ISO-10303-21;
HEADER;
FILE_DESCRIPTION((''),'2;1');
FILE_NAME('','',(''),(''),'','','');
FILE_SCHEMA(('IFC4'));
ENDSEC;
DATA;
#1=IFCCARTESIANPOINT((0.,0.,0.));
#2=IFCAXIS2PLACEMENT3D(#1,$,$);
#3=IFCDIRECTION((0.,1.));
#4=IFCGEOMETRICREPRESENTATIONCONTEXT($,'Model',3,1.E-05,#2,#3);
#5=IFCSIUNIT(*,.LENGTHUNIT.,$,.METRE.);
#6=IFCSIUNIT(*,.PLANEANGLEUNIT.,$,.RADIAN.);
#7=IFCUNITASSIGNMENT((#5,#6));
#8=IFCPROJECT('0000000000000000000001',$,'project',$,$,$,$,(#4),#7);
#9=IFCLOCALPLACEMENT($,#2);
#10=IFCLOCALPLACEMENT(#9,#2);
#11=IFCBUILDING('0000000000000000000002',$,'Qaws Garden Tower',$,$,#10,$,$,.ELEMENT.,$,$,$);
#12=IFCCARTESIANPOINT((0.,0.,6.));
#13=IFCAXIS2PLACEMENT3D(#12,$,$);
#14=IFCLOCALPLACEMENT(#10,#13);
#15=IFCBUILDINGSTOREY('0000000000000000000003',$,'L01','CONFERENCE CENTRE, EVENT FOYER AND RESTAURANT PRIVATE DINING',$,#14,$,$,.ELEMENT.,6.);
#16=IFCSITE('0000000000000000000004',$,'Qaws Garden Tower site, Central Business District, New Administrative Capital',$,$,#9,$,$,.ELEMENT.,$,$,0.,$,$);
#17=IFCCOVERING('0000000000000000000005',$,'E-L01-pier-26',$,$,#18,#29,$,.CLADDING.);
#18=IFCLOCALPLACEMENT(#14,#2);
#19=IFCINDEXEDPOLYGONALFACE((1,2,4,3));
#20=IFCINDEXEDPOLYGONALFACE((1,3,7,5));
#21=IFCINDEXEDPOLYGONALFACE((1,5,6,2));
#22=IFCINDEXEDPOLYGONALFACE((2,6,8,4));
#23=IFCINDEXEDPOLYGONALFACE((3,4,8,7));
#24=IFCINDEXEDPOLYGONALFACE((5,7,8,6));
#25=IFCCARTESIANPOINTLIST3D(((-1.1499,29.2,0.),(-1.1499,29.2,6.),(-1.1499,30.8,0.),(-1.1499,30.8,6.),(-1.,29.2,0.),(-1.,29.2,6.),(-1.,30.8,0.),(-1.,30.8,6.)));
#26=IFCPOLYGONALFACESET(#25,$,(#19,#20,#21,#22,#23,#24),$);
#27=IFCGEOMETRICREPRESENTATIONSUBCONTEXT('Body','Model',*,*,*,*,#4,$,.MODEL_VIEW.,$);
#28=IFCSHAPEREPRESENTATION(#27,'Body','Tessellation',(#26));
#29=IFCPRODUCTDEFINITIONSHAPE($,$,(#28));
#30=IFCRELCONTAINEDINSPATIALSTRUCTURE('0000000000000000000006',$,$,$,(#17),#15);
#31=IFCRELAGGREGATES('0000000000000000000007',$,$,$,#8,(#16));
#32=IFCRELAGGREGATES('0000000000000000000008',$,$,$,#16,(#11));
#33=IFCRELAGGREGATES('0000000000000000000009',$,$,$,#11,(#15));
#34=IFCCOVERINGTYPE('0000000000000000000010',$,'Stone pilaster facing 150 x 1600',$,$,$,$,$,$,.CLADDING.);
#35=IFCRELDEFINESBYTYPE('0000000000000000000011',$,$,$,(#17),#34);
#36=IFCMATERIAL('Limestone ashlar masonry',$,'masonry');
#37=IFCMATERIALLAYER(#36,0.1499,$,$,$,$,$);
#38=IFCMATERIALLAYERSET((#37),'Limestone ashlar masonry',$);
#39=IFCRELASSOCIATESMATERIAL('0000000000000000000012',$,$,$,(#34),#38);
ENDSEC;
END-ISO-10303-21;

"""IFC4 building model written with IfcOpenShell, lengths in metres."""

from ifc_helpers import new_model, si_unit, direction, frame, origin, place, context, subcontext, project, spatial, polyline, outline, extrude, material, layer, layer_set, type_object, element, save


model = new_model("IFC4")

# Units and contexts
model_context = context("Model", 3, precision=1e-05, world=origin(), true_north=direction((0.0, 1.0)))
body_context = subcontext(model_context, "Body", "Model", "MODEL_VIEW")
ifc_project = project(units=[si_unit("LENGTHUNIT", "METRE"), si_unit("PLANEANGLEUNIT", "RADIAN")], contexts=[model_context])

# Site, building, storey
site_placement = place(None, origin())
site = spatial("IfcSite", under=ifc_project, at=site_placement, Name="Qaws Garden Tower site, Central Business District, New Administrative Capital", CompositionType="ELEMENT", RefElevation=0.0)
building_placement = place(site_placement, origin())
building = spatial("IfcBuilding", under=site, at=building_placement, Name="Qaws Garden Tower", CompositionType="ELEMENT")
storey_placement = place(building_placement, frame((0.0, 0.0, 6.0)))
storey = spatial("IfcBuildingStorey", under=building, at=storey_placement, Name="L01", Description="CONFERENCE CENTRE, EVENT FOYER AND RESTAURANT PRIVATE DINING", CompositionType="ELEMENT", Elevation=6.0)

# Shared definitions
placement = place(storey_placement, origin())

# Covering
ifc_material_1 = material(Name="Limestone ashlar masonry", Category="masonry")
ifc_layer_1 = layer(ifc_material_1, 0.1499)
ifc_layer_set_1 = layer_set([ifc_layer_1], Name="Limestone ashlar masonry")
covering_type = type_object("IfcCoveringType", Name="Stone pilaster facing 150 x 1600", PredefinedType="CLADDING", material=ifc_layer_set_1)
element("IfcCovering", 1, at=placement, inside=storey, type_object=covering_type, Name="E-L01-pier-26", PredefinedType="CLADDING", context=body_context, shape_type="SweptSolid", body=[
    extrude(outline(polyline([(-1.0, 30.8), (-1.0, 29.2), (-1.1499, 29.2), (-1.1499, 30.8), (-1.0, 30.8)])), origin(), (0.0, 0.0, 1.0), 6.0),
])

save(model, "model.ifc")
